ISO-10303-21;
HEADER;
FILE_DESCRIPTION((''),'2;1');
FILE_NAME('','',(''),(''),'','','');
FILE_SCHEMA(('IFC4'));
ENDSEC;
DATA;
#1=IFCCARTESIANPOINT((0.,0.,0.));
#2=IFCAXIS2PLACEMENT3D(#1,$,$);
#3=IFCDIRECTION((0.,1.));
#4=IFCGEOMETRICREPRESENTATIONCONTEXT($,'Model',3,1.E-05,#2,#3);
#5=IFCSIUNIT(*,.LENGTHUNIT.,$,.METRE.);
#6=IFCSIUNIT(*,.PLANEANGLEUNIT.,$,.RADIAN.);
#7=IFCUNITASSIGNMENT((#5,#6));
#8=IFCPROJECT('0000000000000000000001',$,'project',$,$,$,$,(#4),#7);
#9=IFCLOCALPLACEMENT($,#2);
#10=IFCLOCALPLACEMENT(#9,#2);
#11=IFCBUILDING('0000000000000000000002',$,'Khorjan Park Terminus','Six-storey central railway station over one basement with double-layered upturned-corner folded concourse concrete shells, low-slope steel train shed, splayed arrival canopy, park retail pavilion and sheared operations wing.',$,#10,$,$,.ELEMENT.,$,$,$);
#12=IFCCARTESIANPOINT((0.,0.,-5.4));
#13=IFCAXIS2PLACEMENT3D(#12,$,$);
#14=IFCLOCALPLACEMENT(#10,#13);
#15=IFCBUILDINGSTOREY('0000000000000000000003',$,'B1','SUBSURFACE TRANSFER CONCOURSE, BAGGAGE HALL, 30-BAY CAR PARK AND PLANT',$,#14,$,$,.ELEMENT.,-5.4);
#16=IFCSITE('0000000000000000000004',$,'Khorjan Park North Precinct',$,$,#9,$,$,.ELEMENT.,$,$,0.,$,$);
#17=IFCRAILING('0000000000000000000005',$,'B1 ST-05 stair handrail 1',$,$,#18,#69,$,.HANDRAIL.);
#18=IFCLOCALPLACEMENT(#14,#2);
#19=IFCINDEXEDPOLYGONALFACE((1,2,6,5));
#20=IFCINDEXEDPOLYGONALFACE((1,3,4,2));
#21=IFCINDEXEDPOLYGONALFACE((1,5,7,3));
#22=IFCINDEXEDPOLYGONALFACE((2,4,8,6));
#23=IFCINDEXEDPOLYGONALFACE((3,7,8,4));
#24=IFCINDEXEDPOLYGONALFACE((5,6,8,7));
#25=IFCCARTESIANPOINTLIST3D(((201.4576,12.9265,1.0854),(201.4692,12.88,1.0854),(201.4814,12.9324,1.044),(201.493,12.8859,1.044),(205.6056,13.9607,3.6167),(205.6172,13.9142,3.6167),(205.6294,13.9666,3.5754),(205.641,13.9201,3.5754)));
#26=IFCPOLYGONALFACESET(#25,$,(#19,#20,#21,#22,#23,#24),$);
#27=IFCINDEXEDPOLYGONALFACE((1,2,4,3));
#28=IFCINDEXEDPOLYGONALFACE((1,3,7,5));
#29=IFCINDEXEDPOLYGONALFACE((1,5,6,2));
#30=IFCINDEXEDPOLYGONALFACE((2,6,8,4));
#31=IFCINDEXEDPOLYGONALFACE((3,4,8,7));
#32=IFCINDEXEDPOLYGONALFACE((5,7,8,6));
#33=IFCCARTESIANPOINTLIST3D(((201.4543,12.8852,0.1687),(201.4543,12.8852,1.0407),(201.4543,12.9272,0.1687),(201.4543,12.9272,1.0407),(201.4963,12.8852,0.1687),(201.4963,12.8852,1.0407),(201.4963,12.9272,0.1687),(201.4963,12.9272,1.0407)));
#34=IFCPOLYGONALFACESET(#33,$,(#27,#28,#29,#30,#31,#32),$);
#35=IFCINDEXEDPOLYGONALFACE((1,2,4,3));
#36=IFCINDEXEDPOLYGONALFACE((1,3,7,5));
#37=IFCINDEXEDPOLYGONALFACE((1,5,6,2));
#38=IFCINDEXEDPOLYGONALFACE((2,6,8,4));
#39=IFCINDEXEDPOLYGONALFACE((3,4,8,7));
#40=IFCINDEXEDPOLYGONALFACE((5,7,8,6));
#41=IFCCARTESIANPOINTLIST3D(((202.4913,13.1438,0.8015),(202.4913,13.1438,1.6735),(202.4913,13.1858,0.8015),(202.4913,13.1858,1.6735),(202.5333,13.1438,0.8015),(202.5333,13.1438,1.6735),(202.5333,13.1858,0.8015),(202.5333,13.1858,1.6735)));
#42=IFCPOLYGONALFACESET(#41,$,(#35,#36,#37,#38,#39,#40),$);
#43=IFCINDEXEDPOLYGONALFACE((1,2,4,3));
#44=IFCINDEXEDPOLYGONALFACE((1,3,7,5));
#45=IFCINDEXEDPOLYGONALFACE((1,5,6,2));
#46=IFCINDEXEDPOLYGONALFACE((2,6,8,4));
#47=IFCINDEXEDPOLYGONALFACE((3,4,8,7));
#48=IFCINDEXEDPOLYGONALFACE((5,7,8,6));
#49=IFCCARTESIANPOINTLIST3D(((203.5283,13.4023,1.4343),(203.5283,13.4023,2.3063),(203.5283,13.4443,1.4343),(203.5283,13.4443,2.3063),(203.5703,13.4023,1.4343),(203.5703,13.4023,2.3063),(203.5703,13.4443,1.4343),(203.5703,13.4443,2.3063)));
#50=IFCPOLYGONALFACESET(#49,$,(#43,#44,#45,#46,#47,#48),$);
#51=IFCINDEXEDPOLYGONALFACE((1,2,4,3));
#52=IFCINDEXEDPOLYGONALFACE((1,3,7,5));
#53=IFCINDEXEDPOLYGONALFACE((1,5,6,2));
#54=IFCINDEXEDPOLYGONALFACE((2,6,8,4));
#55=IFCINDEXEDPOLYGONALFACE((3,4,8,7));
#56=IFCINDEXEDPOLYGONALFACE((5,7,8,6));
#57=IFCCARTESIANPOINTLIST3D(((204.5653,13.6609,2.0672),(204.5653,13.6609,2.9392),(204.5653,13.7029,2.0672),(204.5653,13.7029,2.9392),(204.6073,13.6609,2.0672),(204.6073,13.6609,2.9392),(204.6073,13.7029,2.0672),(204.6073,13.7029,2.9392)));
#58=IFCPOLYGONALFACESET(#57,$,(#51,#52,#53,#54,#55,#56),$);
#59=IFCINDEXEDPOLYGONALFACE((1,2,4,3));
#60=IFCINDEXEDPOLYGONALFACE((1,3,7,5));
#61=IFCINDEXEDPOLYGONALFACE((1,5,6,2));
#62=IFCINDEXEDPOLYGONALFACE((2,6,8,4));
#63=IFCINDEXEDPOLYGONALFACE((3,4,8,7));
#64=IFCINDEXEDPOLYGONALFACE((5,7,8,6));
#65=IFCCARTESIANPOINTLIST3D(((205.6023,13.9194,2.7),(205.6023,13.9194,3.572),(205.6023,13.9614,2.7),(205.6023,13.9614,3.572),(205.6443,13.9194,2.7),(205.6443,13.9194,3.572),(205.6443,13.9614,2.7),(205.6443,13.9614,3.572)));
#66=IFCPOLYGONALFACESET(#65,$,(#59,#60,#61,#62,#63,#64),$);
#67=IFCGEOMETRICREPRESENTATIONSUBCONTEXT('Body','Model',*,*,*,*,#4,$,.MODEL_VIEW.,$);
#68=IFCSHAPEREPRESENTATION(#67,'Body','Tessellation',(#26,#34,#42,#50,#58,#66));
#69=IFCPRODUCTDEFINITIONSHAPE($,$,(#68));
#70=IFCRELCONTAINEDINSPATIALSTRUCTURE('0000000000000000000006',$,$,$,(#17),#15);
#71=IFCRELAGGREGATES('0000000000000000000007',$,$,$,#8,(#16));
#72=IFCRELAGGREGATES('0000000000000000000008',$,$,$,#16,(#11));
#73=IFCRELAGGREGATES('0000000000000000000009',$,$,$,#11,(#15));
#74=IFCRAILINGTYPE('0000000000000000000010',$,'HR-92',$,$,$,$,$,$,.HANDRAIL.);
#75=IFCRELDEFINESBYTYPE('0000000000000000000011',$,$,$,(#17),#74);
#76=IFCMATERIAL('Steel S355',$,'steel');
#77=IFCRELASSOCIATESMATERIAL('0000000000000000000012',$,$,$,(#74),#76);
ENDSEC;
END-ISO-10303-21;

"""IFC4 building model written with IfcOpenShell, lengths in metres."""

from ifc_helpers import new_model, si_unit, direction, frame, origin, origin_2d, place, context, subcontext, project, spatial, rectangle, extrude, material, type_object, element, save


model = new_model("IFC4")

# Units and contexts
model_context = context("Model", 3, precision=1e-05, world=origin(), true_north=direction((0.0, 1.0)))
body_context = subcontext(model_context, "Body", "Model", "MODEL_VIEW")
ifc_project = project(units=[si_unit("LENGTHUNIT", "METRE"), si_unit("PLANEANGLEUNIT", "RADIAN")], contexts=[model_context])

# Site, building, storey
site_placement = place(None, origin())
site = spatial("IfcSite", under=ifc_project, at=site_placement, Name="Khorjan Park North Precinct", CompositionType="ELEMENT", RefElevation=0.0)
building_placement = place(site_placement, origin())
building = spatial("IfcBuilding", under=site, at=building_placement, Name="Khorjan Park Terminus", Description="Six-storey central railway station over one basement with double-layered upturned-corner folded concourse concrete shells, low-slope steel train shed, splayed arrival canopy, park retail pavilion and sheared operations wing.", CompositionType="ELEMENT")
storey_placement = place(building_placement, frame((0.0, 0.0, -5.4)))
storey = spatial("IfcBuildingStorey", under=building, at=storey_placement, Name="B1", Description="SUBSURFACE TRANSFER CONCOURSE, BAGGAGE HALL, 30-BAY CAR PARK AND PLANT", CompositionType="ELEMENT", Elevation=-5.4)

# Railing
ifc_material_1 = material(Name="Steel S355", Category="steel")
railing_type_1 = type_object("IfcRailingType", Name="HR-92", PredefinedType="HANDRAIL", material=ifc_material_1)
railing_1_placement = place(storey_placement, frame((201.4753, 12.9062, 0.1687)))
element("IfcRailing", 1, at=railing_1_placement, inside=storey, type_object=railing_type_1, Name="B1 ST-05 stair handrail 1", PredefinedType="HANDRAIL", context=body_context, shape_type="SweptSolid", body=[
    extrude(rectangle(XDim=0.048, YDim=0.048, at=origin_2d()), frame((0.0, 0.0, 0.896), z_axis=(0.834911, 0.208164, 0.509501), x_axis=(-0.241919, 0.970296, 0.0)), (0.0, 0.0, 1.0), 4.9682),
    extrude(rectangle(XDim=0.042, YDim=0.042, at=origin_2d()), origin(), (0.0, 0.0, 1.0), 0.872),
    extrude(rectangle(XDim=0.042, YDim=0.042, at=origin_2d()), frame((1.037, 0.2586, 0.6328)), (0.0, 0.0, 1.0), 0.872),
    extrude(rectangle(XDim=0.042, YDim=0.042, at=origin_2d()), frame((2.074, 0.5171, 1.2656)), (0.0, 0.0, 1.0), 0.872),
    extrude(rectangle(XDim=0.042, YDim=0.042, at=origin_2d()), frame((3.111, 0.7757, 1.8985)), (0.0, 0.0, 1.0), 0.872),
    extrude(rectangle(XDim=0.042, YDim=0.042, at=origin_2d()), frame((4.148, 1.0342, 2.5313)), (0.0, 0.0, 1.0), 0.872),
])

save(model, "model.ifc")
